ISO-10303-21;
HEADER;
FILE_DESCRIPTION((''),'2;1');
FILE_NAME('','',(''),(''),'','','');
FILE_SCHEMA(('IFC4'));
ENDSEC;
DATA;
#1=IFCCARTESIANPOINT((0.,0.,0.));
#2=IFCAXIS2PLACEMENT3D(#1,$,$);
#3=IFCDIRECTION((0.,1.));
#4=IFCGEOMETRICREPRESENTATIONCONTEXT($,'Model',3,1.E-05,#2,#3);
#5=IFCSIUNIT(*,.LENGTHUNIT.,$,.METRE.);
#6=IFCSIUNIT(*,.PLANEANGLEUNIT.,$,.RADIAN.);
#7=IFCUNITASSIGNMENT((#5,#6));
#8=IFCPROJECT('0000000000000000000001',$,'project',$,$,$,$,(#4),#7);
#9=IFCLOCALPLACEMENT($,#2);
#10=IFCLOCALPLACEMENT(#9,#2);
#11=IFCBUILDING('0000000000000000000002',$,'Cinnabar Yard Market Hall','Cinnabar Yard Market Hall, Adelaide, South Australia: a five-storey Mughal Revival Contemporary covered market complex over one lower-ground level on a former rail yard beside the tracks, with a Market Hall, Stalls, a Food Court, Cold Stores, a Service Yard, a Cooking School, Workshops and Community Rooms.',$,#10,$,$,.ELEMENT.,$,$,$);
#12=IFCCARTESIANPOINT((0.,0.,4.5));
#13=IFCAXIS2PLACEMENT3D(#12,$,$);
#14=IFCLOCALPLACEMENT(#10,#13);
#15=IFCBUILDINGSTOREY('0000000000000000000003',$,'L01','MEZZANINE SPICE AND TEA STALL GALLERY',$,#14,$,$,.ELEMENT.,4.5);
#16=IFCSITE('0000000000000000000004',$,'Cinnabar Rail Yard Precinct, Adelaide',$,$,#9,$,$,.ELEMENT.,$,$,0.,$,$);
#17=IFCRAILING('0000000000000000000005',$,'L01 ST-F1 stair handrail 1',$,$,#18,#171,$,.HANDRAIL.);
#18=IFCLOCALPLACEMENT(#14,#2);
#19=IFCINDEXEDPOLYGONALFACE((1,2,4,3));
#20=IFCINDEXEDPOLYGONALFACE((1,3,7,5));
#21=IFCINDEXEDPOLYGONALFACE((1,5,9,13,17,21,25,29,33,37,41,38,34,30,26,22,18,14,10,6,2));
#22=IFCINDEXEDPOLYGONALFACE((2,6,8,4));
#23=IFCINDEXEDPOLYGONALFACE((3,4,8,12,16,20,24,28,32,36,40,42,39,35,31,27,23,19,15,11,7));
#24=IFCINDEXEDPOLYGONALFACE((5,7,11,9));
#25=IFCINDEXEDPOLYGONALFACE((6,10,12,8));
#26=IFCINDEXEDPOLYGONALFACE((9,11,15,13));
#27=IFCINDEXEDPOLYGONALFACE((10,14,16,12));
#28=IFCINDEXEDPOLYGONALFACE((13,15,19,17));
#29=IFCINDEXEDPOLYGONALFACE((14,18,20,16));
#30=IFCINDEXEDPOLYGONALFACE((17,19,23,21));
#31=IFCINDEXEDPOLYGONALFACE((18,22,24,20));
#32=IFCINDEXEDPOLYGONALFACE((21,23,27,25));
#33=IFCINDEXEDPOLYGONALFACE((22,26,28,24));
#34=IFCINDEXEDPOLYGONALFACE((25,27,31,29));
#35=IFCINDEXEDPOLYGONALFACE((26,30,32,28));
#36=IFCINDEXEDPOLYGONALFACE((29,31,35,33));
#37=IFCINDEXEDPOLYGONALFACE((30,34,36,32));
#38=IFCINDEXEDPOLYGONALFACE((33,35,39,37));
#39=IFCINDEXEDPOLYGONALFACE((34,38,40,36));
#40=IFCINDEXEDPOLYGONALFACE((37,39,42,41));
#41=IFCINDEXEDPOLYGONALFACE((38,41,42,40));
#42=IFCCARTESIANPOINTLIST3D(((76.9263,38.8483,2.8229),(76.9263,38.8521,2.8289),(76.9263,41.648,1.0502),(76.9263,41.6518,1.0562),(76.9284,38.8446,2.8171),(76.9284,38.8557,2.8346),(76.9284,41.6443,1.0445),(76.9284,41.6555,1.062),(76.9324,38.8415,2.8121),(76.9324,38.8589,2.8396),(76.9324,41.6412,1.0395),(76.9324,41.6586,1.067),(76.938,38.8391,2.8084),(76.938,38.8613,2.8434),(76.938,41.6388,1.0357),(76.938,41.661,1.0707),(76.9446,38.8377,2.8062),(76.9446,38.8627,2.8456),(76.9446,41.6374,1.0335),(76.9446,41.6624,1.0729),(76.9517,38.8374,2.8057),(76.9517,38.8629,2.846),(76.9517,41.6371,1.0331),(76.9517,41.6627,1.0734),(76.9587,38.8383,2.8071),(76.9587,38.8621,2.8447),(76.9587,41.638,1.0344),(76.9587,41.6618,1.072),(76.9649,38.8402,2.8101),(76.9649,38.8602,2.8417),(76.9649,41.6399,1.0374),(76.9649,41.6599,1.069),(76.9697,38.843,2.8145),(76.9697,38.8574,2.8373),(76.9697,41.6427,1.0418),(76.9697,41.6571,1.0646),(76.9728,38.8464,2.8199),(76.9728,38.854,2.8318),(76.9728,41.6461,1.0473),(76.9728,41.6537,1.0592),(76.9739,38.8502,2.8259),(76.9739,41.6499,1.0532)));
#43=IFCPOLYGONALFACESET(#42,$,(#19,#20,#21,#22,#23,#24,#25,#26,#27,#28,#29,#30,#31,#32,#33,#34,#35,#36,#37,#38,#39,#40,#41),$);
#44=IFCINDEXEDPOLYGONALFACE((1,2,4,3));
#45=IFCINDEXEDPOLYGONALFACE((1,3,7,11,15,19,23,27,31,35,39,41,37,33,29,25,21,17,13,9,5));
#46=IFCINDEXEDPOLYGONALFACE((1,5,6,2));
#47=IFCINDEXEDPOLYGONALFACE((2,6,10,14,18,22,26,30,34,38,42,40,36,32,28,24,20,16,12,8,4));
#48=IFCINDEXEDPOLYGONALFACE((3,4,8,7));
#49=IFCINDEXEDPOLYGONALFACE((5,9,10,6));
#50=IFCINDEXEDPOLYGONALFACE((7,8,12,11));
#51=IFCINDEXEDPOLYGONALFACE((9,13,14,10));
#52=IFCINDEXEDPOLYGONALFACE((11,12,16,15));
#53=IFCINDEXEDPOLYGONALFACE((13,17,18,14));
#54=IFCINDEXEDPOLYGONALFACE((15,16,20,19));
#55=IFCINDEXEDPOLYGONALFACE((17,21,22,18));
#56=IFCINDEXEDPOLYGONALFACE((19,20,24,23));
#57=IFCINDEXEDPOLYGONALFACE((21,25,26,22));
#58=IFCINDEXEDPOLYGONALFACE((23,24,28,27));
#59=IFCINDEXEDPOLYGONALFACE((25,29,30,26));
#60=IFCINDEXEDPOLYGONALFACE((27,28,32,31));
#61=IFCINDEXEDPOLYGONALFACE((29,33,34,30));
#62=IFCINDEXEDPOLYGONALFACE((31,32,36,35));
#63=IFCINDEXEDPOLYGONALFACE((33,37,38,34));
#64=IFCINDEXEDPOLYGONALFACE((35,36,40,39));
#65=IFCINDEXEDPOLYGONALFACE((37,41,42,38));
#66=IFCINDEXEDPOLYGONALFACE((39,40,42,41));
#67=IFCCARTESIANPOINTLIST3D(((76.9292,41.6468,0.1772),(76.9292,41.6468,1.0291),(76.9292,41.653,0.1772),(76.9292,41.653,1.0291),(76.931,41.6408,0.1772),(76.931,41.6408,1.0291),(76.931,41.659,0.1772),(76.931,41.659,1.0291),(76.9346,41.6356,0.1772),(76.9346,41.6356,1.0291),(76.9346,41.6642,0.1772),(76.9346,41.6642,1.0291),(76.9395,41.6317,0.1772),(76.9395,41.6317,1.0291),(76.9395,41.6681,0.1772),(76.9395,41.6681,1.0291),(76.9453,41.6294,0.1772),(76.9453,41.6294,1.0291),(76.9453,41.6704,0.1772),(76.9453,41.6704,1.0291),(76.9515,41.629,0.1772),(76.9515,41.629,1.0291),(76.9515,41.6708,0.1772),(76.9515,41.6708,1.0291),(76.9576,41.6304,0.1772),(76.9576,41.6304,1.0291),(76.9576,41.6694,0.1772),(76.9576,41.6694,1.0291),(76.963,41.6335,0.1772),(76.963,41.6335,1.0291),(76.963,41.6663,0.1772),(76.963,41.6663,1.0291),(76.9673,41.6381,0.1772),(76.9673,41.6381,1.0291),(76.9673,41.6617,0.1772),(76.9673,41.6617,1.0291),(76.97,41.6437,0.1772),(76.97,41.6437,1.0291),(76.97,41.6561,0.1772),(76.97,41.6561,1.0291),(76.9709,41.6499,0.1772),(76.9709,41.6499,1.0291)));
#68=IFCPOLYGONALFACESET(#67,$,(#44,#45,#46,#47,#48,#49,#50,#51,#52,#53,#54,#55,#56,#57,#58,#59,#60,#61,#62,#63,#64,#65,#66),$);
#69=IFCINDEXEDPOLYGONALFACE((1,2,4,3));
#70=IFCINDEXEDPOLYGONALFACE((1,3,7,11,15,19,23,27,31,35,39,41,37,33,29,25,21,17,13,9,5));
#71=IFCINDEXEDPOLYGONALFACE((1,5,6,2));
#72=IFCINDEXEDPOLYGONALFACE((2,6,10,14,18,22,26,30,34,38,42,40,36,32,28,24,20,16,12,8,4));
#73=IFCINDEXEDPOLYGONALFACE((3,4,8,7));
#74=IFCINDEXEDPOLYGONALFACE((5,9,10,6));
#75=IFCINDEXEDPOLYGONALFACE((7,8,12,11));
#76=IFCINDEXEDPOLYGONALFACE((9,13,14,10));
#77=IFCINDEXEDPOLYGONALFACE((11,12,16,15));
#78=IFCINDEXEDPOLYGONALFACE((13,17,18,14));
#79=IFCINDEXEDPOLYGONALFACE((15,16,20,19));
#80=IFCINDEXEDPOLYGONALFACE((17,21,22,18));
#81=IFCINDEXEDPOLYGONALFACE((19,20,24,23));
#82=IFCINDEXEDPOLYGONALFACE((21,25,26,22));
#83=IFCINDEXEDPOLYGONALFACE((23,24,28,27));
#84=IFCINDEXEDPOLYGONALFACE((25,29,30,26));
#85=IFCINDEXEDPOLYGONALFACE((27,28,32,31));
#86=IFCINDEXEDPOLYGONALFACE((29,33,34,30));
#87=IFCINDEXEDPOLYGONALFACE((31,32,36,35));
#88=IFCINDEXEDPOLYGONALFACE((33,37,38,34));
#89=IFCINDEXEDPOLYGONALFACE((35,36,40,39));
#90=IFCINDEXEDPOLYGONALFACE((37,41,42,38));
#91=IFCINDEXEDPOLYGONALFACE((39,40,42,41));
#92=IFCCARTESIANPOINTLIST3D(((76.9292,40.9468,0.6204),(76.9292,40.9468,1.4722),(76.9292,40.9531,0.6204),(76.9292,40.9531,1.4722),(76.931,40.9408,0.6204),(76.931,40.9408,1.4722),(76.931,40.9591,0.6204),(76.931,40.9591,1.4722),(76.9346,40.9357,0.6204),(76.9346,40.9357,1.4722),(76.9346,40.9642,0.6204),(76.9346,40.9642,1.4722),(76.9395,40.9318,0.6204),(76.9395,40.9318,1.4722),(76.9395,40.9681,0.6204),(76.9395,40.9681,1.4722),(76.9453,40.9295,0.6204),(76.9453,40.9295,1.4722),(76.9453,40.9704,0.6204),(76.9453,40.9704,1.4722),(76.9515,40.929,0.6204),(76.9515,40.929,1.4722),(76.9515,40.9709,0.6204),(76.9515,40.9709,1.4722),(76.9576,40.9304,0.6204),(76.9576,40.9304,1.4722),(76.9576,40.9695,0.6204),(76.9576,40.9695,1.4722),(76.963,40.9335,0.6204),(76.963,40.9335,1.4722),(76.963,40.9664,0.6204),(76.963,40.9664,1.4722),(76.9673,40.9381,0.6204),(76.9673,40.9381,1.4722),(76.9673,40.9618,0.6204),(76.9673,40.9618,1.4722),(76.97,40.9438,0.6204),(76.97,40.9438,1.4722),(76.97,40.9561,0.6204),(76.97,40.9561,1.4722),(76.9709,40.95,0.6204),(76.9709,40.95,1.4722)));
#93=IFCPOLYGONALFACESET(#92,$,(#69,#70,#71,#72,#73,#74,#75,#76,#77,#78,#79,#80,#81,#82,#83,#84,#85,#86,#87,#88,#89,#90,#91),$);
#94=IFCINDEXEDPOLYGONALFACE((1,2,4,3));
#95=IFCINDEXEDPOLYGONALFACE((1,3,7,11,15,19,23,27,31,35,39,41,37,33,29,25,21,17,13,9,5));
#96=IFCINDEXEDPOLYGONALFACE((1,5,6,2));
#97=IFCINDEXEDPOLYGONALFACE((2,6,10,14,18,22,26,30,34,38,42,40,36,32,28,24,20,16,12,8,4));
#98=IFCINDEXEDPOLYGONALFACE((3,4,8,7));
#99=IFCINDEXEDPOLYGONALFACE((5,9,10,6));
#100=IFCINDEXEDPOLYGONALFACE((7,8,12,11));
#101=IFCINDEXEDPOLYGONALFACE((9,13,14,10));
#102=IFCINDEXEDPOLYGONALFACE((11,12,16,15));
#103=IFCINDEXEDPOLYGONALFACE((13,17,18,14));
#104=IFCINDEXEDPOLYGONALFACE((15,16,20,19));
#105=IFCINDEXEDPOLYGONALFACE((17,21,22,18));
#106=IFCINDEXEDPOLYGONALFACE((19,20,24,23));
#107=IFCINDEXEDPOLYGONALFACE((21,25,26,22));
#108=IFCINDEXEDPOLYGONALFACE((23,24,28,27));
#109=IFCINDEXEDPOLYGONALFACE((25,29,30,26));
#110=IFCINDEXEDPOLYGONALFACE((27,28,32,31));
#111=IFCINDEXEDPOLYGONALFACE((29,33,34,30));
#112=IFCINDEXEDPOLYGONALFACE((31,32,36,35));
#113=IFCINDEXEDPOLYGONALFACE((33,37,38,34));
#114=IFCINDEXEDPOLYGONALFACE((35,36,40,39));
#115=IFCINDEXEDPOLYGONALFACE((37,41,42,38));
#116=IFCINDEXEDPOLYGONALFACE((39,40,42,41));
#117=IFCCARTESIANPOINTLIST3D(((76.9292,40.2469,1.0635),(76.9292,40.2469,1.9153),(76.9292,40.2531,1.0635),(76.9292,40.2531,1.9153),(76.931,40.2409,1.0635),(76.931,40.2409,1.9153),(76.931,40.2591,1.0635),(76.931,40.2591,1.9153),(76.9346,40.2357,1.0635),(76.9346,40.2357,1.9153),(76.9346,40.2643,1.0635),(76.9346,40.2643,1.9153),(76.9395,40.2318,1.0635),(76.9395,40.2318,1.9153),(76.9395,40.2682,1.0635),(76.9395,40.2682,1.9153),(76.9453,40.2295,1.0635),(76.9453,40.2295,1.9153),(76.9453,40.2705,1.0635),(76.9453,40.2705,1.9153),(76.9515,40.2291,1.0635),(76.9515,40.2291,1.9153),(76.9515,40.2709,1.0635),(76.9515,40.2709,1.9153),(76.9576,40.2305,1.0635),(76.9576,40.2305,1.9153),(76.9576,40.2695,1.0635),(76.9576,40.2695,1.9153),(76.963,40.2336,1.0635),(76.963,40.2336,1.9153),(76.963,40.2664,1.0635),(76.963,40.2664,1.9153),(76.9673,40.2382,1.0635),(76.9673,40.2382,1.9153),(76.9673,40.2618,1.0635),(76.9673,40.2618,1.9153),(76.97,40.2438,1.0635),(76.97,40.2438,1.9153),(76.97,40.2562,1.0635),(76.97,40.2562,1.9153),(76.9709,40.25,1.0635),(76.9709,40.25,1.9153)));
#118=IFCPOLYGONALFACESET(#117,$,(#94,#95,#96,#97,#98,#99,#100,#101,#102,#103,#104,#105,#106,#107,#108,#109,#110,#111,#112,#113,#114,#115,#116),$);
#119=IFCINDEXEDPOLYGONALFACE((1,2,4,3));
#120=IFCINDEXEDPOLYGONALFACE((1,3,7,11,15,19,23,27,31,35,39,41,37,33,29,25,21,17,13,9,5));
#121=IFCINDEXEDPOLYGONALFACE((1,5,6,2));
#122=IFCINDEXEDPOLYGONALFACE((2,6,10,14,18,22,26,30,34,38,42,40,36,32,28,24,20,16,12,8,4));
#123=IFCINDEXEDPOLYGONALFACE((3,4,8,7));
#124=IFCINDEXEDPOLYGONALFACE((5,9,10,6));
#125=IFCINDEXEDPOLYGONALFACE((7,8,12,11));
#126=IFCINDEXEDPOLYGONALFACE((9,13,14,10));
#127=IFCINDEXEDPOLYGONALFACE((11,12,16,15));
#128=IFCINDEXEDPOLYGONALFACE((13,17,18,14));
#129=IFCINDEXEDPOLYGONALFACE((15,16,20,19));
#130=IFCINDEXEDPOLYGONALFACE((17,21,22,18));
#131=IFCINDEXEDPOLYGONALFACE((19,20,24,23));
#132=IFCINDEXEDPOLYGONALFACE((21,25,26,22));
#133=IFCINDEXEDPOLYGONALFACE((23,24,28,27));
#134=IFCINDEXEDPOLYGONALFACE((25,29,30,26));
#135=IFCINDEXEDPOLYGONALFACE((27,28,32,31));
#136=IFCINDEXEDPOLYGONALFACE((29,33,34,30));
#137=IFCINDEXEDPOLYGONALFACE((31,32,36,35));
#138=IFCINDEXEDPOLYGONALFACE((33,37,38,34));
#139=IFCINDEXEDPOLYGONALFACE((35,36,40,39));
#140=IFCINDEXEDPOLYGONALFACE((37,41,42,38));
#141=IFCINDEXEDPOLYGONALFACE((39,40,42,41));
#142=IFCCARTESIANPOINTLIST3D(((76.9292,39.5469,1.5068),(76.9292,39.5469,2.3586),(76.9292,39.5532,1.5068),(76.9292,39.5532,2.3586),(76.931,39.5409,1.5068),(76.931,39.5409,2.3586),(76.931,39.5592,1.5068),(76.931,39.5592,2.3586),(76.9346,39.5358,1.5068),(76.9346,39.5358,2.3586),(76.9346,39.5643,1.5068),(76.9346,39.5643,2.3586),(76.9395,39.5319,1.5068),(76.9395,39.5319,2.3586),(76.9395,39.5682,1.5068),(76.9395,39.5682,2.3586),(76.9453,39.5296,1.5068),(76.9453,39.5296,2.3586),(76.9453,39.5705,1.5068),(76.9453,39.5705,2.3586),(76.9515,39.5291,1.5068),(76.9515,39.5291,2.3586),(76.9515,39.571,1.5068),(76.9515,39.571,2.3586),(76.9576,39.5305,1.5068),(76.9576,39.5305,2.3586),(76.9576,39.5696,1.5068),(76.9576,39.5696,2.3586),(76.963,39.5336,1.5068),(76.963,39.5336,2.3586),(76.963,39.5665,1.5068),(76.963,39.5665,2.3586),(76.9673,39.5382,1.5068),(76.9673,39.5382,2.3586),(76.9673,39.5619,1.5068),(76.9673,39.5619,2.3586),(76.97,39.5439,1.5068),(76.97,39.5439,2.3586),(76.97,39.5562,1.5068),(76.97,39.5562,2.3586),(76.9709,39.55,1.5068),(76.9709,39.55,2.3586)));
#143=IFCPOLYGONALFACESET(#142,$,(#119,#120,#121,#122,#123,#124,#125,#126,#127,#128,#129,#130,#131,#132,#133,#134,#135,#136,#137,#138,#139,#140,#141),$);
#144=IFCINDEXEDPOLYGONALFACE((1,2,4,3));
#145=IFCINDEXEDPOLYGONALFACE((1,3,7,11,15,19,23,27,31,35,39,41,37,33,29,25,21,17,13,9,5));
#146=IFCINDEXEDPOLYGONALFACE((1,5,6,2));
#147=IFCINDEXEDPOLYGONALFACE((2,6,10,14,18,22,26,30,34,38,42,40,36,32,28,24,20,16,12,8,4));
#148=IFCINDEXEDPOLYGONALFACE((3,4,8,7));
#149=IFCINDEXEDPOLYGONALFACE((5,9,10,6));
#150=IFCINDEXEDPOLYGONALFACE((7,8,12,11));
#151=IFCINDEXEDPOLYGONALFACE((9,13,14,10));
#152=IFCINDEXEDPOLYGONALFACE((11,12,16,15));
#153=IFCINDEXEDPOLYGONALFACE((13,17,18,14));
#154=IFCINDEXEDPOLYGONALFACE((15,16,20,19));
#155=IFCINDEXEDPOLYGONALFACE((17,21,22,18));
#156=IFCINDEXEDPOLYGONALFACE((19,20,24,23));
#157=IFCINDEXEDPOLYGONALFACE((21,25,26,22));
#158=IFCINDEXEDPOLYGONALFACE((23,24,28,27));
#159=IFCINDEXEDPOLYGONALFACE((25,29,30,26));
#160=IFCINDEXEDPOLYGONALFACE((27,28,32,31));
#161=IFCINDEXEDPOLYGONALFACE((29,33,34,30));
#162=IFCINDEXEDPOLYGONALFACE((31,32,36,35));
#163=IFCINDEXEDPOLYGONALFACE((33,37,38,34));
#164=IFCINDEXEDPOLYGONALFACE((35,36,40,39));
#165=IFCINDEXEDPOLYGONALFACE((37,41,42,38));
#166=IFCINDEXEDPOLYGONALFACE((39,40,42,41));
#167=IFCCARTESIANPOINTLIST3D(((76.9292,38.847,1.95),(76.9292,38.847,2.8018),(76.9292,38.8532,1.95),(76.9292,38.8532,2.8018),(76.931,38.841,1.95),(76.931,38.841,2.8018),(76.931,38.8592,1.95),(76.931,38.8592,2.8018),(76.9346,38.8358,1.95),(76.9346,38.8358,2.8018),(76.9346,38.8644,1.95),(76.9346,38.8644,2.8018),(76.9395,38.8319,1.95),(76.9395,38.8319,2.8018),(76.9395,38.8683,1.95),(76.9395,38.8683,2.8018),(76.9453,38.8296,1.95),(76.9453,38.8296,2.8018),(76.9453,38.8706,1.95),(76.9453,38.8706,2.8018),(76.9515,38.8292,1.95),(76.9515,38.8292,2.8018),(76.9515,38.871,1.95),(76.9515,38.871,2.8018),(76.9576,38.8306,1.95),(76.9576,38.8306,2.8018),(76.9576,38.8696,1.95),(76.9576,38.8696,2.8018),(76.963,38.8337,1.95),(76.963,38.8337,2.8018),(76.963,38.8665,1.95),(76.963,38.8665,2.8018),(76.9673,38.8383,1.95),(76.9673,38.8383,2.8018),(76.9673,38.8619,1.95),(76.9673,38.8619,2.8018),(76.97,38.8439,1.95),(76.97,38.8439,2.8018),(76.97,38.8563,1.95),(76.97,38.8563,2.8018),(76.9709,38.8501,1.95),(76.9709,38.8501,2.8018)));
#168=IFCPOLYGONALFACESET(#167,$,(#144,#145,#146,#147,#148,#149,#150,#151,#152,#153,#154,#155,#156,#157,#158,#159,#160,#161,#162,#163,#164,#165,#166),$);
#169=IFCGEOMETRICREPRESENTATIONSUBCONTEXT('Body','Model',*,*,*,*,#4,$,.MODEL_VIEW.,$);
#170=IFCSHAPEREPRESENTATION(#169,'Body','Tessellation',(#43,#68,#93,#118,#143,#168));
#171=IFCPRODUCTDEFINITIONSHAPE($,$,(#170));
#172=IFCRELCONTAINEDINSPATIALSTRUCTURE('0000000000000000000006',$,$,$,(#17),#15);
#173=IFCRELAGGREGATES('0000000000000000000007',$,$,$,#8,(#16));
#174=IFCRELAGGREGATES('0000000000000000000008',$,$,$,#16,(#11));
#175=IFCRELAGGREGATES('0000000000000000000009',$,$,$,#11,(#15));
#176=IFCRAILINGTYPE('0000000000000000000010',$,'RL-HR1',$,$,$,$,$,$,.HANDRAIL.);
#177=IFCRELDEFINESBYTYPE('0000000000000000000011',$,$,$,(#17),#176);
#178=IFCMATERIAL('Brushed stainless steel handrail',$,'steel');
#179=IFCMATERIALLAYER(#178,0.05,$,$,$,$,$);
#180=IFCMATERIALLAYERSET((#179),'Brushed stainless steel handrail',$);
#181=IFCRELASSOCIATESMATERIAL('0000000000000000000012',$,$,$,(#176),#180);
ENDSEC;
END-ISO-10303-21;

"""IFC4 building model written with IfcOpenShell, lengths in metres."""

from ifc_helpers import new_model, si_unit, direction, frame, origin, origin_2d_with_axis, place, context, subcontext, project, spatial, circle, extrude, material, layer, layer_set, type_object, element, save


model = new_model("IFC4")

# Units and contexts
model_context = context("Model", 3, precision=1e-05, world=origin(), true_north=direction((0.0, 1.0)))
body_context = subcontext(model_context, "Body", "Model", "MODEL_VIEW")
ifc_project = project(units=[si_unit("LENGTHUNIT", "METRE"), si_unit("PLANEANGLEUNIT", "RADIAN")], contexts=[model_context])

# Site, building, storey
site_placement = place(None, origin())
site = spatial("IfcSite", under=ifc_project, at=site_placement, Name="Cinnabar Rail Yard Precinct, Adelaide", CompositionType="ELEMENT", RefElevation=0.0)
building_placement = place(site_placement, origin())
building = spatial("IfcBuilding", under=site, at=building_placement, Name="Cinnabar Yard Market Hall", Description="Cinnabar Yard Market Hall, Adelaide, South Australia: a five-storey Mughal Revival Contemporary covered market complex over one lower-ground level on a former rail yard beside the tracks, with a Market Hall, Stalls, a Food Court, Cold Stores, a Service Yard, a Cooking School, Workshops and Community Rooms.", CompositionType="ELEMENT")
storey_placement = place(building_placement, frame((0.0, 0.0, 4.5)))
storey = spatial("IfcBuildingStorey", under=building, at=storey_placement, Name="L01", Description="MEZZANINE SPICE AND TEA STALL GALLERY", CompositionType="ELEMENT", Elevation=4.5)

# Railing
ifc_material_1 = material(Name="Brushed stainless steel handrail", Category="steel")
ifc_layer_1 = layer(ifc_material_1, 0.05)
ifc_layer_set_1 = layer_set([ifc_layer_1], Name="Brushed stainless steel handrail")
railing_type_1 = type_object("IfcRailingType", Name="RL-HR1", PredefinedType="HANDRAIL", material=ifc_layer_set_1)
railing_1_placement = place(storey_placement, frame((76.95, 41.6499, 0.1772)))
element("IfcRailing", 1, at=railing_1_placement, inside=storey, type_object=railing_type_1, Name="L01 ST-F1 stair handrail 1", PredefinedType="HANDRAIL", context=body_context, shape_type="SweptSolid", body=[
    extrude(circle(Radius=0.0239, at=origin_2d_with_axis()), frame((0.0, 0.0, 0.876), z_axis=(0.0, -0.844888, 0.534943), x_axis=(1.0, 0.0, 0.0)), (0.0, 0.0, 1.0), 3.3137),
    extrude(circle(Radius=0.021, at=origin_2d_with_axis()), origin(), (0.0, 0.0, 1.0), 0.8518),
    extrude(circle(Radius=0.021, at=origin_2d_with_axis()), frame((0.0, -0.7, 0.4431)), (0.0, 0.0, 1.0), 0.8518),
    extrude(circle(Radius=0.021, at=origin_2d_with_axis()), frame((0.0, -1.3999, 0.8862)), (0.0, 0.0, 1.0), 0.8518),
    extrude(circle(Radius=0.021, at=origin_2d_with_axis()), frame((0.0, -2.0999, 1.3296)), (0.0, 0.0, 1.0), 0.8518),
    extrude(circle(Radius=0.021, at=origin_2d_with_axis()), frame((0.0, -2.7998, 1.7727)), (0.0, 0.0, 1.0), 0.8518),
])

save(model, "model.ifc")
